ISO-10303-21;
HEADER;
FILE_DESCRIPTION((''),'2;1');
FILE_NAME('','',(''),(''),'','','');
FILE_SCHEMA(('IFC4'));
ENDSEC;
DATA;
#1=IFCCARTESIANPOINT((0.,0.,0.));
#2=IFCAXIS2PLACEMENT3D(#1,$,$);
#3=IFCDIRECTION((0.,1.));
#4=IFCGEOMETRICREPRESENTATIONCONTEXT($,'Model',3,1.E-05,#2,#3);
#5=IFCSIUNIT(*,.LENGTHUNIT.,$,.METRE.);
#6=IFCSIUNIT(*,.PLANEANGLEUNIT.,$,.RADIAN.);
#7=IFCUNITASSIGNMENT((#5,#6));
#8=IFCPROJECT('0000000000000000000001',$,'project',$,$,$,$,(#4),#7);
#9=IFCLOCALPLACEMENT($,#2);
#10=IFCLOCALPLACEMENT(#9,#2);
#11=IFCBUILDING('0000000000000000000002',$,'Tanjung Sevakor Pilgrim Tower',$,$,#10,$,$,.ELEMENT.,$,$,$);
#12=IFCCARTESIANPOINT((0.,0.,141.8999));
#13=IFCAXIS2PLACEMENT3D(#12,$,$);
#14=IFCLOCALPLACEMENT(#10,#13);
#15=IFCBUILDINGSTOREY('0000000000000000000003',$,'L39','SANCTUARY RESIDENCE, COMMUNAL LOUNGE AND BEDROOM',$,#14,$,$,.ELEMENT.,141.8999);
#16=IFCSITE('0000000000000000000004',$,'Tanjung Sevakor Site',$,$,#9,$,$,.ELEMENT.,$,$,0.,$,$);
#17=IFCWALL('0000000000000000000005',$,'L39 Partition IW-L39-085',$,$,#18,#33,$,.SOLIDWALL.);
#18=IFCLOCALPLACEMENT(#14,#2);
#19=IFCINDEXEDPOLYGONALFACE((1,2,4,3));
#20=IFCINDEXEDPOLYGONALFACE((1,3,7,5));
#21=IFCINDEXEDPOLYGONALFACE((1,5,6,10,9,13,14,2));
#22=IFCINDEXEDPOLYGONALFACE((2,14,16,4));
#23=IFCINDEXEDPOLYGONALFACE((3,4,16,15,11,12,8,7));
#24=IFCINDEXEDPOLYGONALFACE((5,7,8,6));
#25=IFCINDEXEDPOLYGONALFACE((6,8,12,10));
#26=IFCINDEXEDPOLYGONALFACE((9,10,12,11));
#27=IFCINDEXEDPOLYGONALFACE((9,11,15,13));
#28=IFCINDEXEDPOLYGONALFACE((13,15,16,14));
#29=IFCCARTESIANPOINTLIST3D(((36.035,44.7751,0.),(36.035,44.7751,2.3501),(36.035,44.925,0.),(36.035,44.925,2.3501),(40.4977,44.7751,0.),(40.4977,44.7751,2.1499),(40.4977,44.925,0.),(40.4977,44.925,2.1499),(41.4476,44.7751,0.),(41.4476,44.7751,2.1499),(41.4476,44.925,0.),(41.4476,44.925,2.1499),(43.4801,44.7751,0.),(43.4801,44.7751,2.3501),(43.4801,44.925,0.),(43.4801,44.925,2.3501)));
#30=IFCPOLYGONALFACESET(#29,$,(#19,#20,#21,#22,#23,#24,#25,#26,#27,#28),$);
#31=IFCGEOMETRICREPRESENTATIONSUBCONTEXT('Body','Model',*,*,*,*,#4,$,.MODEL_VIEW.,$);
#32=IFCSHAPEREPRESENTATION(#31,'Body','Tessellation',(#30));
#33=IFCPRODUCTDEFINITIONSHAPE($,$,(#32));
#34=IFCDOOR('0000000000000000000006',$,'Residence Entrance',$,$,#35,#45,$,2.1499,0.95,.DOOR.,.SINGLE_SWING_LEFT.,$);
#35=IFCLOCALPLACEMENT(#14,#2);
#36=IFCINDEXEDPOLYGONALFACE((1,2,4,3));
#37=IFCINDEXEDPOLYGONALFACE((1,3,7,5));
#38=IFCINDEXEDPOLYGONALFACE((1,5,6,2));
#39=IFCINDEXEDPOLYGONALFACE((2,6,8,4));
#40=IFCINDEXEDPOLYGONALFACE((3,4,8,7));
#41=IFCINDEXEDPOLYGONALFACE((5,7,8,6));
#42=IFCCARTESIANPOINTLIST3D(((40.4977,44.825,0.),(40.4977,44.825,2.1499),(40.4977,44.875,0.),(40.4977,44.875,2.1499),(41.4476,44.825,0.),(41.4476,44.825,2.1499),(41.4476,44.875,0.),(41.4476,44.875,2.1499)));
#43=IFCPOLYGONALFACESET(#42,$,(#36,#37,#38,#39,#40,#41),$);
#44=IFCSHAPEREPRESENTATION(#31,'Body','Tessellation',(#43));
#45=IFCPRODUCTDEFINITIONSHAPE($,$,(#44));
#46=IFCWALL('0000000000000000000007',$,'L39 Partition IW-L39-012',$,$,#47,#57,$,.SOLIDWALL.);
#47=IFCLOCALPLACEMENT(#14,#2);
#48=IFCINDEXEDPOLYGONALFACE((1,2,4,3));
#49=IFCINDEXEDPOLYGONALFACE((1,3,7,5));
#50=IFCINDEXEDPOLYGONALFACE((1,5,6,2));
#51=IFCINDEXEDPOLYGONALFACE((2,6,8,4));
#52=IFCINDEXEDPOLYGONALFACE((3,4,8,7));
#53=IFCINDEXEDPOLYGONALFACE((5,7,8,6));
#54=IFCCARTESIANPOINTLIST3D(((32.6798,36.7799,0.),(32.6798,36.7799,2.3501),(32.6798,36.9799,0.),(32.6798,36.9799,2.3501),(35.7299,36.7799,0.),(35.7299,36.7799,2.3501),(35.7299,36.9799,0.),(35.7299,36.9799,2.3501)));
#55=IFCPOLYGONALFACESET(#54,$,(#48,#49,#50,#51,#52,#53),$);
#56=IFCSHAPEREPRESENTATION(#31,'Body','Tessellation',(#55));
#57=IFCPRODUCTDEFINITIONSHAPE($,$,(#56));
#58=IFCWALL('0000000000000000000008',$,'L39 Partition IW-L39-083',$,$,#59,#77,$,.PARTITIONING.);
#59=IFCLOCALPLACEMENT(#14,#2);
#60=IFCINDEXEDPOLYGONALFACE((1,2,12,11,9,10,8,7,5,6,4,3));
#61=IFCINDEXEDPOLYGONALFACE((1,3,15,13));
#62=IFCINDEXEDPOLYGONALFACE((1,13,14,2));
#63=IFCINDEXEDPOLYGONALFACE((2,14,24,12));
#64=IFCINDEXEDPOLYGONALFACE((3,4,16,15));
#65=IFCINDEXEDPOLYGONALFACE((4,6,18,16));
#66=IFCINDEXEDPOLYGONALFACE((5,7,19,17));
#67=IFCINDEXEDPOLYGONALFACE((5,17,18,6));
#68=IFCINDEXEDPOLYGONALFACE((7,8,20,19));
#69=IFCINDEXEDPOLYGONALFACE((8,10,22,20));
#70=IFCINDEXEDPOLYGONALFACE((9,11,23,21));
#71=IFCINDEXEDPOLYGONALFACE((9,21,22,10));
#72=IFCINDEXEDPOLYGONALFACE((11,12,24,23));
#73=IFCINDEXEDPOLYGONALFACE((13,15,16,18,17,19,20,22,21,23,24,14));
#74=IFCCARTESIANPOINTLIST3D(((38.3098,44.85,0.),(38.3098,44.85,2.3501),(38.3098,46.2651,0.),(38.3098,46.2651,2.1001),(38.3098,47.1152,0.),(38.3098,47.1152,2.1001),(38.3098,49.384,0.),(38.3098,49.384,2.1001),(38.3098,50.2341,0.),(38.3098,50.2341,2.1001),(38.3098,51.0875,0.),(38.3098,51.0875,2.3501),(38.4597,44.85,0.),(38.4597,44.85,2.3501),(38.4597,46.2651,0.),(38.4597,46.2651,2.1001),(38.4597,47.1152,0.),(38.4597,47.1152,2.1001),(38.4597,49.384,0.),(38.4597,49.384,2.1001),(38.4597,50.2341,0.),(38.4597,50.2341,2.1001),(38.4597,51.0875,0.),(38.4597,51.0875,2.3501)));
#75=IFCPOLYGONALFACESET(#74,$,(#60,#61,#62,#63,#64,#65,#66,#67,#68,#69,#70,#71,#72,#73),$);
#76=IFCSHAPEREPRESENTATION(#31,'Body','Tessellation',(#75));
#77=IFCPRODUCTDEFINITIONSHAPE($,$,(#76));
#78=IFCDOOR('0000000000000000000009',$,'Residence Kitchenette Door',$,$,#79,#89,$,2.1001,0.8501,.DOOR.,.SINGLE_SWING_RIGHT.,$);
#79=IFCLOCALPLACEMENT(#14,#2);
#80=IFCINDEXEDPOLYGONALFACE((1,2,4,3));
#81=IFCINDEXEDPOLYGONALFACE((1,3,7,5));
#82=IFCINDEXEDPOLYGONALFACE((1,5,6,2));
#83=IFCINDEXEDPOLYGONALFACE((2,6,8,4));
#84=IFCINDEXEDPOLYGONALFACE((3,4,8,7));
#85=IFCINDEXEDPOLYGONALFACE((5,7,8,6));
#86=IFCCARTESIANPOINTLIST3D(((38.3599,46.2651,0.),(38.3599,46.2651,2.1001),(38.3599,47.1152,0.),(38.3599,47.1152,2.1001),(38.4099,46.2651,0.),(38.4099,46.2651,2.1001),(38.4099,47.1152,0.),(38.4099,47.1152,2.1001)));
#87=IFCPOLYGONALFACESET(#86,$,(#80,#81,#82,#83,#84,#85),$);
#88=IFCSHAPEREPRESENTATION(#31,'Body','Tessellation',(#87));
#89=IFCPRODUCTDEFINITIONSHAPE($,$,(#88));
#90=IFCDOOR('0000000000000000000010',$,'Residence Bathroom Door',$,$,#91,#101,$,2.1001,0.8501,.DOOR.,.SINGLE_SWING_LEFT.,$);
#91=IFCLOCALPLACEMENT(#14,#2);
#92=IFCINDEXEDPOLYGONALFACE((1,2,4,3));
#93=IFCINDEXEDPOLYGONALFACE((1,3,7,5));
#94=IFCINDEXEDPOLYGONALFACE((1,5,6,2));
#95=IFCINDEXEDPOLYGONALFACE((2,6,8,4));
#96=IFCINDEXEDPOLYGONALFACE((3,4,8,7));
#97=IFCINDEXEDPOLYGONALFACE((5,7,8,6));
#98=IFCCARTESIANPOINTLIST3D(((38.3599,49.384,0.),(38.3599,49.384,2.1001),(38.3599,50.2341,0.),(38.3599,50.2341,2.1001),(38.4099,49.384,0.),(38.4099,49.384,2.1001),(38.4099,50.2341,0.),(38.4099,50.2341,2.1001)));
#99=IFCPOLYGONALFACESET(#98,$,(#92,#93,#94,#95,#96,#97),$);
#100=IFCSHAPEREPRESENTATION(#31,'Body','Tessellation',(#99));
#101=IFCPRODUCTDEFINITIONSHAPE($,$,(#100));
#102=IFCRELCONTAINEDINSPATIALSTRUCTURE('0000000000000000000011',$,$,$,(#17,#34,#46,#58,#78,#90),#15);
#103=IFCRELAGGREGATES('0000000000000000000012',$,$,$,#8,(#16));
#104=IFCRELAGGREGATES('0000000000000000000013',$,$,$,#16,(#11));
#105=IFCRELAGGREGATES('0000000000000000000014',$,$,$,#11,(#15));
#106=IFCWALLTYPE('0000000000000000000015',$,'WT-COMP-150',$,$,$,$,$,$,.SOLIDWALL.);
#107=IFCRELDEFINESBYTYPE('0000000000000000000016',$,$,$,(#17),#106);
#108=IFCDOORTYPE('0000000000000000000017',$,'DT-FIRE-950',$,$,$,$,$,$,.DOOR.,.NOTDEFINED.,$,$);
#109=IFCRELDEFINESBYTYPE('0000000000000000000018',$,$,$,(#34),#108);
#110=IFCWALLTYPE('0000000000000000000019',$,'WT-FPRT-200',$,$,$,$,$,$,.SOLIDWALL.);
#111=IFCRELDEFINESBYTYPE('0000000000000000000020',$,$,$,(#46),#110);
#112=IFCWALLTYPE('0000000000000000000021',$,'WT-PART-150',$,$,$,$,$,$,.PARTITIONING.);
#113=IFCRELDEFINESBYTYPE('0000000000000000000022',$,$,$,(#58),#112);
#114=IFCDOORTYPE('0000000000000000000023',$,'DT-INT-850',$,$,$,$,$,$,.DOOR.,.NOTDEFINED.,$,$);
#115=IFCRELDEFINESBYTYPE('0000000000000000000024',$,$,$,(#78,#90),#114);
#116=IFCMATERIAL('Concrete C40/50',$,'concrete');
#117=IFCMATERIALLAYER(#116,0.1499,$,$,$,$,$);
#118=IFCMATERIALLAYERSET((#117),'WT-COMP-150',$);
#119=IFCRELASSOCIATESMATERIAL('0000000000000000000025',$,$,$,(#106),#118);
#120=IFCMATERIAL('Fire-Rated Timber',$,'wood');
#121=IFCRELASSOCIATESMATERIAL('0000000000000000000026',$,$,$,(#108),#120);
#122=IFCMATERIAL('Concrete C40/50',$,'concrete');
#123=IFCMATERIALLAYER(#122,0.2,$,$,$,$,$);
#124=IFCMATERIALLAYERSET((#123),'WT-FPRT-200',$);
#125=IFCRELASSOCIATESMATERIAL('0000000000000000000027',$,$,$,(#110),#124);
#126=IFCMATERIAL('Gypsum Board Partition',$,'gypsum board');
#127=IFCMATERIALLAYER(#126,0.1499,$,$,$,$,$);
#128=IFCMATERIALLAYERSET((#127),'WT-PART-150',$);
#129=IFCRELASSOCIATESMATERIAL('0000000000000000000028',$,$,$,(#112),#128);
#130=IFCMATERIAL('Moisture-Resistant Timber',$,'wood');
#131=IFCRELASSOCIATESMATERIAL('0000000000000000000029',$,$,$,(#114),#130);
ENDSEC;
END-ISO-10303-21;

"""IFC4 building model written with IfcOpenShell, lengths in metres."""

from ifc_helpers import new_model, si_unit, direction, frame, frame_2d, origin, place, context, subcontext, project, spatial, rectangle, extrude, material, layer, layer_set, type_object, element, fill, save


model = new_model("IFC4")

# Units and contexts
model_context = context("Model", 3, precision=1e-05, world=origin(), true_north=direction((0.0, 1.0)))
body_context = subcontext(model_context, "Body", "Model", "MODEL_VIEW")
ifc_project = project(units=[si_unit("LENGTHUNIT", "METRE"), si_unit("PLANEANGLEUNIT", "RADIAN")], contexts=[model_context])

# Site, building, storey
site_placement = place(None, origin())
site = spatial("IfcSite", under=ifc_project, at=site_placement, Name="Tanjung Sevakor Site", CompositionType="ELEMENT", RefElevation=0.0)
building_placement = place(site_placement, origin())
building = spatial("IfcBuilding", under=site, at=building_placement, Name="Tanjung Sevakor Pilgrim Tower", CompositionType="ELEMENT")
storey_placement = place(building_placement, frame((0.0, 0.0, 141.8999)))
storey = spatial("IfcBuildingStorey", under=building, at=storey_placement, Name="L39", Description="SANCTUARY RESIDENCE, COMMUNAL LOUNGE AND BEDROOM", CompositionType="ELEMENT", Elevation=141.8999)

# Shared definitions
ifc_material_1 = material(Name="Concrete C40/50", Category="concrete")
ifc_layer_1 = layer(ifc_material_1, 0.1499)
ifc_layer_set_1 = layer_set([ifc_layer_1], Name="WT-COMP-150")
wall_type_1 = type_object("IfcWallType", Name="WT-COMP-150", PredefinedType="SOLIDWALL", material=ifc_layer_set_1)

# Wall, opening, door
wall_1_placement = place(storey_placement, frame((36.0349, 44.8501, 0.0), z_axis=(0.0, 0.0, 1.0), x_axis=(1.0, 0.0, 0.0)))
wall_1 = element("IfcWall", 1, at=wall_1_placement, inside=storey, type_object=wall_type_1, Name="L39 Partition IW-L39-085", PredefinedType="SOLIDWALL", context=body_context, shape_type="SweptSolid", body=[
    extrude(rectangle(XDim=7.4451, YDim=0.1499, at=frame_2d((3.7227, 0.0))), origin(), (0.0, 0.0, 1.0), 2.3501),
])
opening_1_placement = place(wall_1_placement, frame((4.4626, 0.0, 0.0)))
opening_1 = element("IfcOpeningElement", 2, at=opening_1_placement, cuts=wall_1, PredefinedType="OPENING", context=body_context, shape_type="SweptSolid", body=[
    extrude(rectangle(XDim=0.95, YDim=2.1499, at=frame_2d((0.4751, 1.075))), frame((0.0, 0.085, 0.0), z_axis=(0.0, -1.0, 0.0), x_axis=(1.0, 0.0, 0.0)), (0.0, 0.0, 1.0), 0.1699),
])
ifc_material_2 = material(Name="Fire-Rated Timber", Category="wood")
door_type_1 = type_object("IfcDoorType", Name="DT-FIRE-950", OperationType="NOTDEFINED", PredefinedType="DOOR", material=ifc_material_2)
door_1_placement = place(opening_1_placement, origin())
door_1 = element("IfcDoor", 3, at=door_1_placement, inside=storey, type_object=door_type_1, Name="Residence Entrance", OperationType="SINGLE_SWING_LEFT", OverallHeight=2.1499, OverallWidth=0.95, PredefinedType="DOOR", context=body_context, shape_type="SweptSolid", body=[
    extrude(rectangle(XDim=0.95, YDim=2.1499, at=frame_2d((0.4751, 1.075))), frame((0.0, 0.0249, 0.0), z_axis=(0.0, -1.0, 0.0), x_axis=(1.0, 0.0, 0.0)), (0.0, 0.0, 1.0), 0.05),
])
fill(opening_1, door_1)

# Wall
ifc_material_3 = material(Name="Concrete C40/50", Category="concrete")
ifc_layer_2 = layer(ifc_material_3, 0.2)
ifc_layer_set_2 = layer_set([ifc_layer_2], Name="WT-FPRT-200")
wall_type_2 = type_object("IfcWallType", Name="WT-FPRT-200", PredefinedType="SOLIDWALL", material=ifc_layer_set_2)
wall_2_placement = place(storey_placement, frame((32.6799, 36.8799, 0.0), z_axis=(0.0, 0.0, 1.0), x_axis=(1.0, 0.0, 0.0)))
element("IfcWall", 4, at=wall_2_placement, inside=storey, type_object=wall_type_2, Name="L39 Partition IW-L39-012", PredefinedType="SOLIDWALL", context=body_context, shape_type="SweptSolid", body=[
    extrude(rectangle(XDim=3.05, YDim=0.2, at=frame_2d((1.5249, 0.0))), origin(), (0.0, 0.0, 1.0), 2.3501),
])

# Wall, openings, doors
ifc_material_4 = material(Name="Gypsum Board Partition", Category="gypsum board")
ifc_layer_3 = layer(ifc_material_4, 0.1499)
ifc_layer_set_3 = layer_set([ifc_layer_3], Name="WT-PART-150")
wall_type_3 = type_object("IfcWallType", Name="WT-PART-150", PredefinedType="PARTITIONING", material=ifc_layer_set_3)
wall_3_placement = place(storey_placement, frame((38.3848, 44.8501, 0.0), z_axis=(0.0, 0.0, 1.0), x_axis=(0.0, 1.0, 0.0)))
wall_3 = element("IfcWall", 5, at=wall_3_placement, inside=storey, type_object=wall_type_3, Name="L39 Partition IW-L39-083", PredefinedType="PARTITIONING", context=body_context, shape_type="SweptSolid", body=[
    extrude(rectangle(XDim=6.2375, YDim=0.1499, at=frame_2d((3.1187, 0.0))), origin(), (0.0, 0.0, 1.0), 2.3501),
])
opening_2_placement = place(wall_3_placement, frame((1.415, 0.0, 0.0)))
opening_2 = element("IfcOpeningElement", 6, at=opening_2_placement, cuts=wall_3, PredefinedType="OPENING", context=body_context, shape_type="SweptSolid", body=[
    extrude(rectangle(XDim=0.8501, YDim=2.1001, at=frame_2d((0.425, 1.05))), frame((0.0, 0.085, 0.0), z_axis=(0.0, -1.0, 0.0), x_axis=(1.0, 0.0, 0.0)), (0.0, 0.0, 1.0), 0.1699),
])
opening_3_placement = place(wall_3_placement, frame((4.5339, 0.0, 0.0)))
opening_3 = element("IfcOpeningElement", 7, at=opening_3_placement, cuts=wall_3, PredefinedType="OPENING", context=body_context, shape_type="SweptSolid", body=[
    extrude(rectangle(XDim=0.8501, YDim=2.1001, at=frame_2d((0.425, 1.05))), frame((0.0, 0.085, 0.0), z_axis=(0.0, -1.0, 0.0), x_axis=(1.0, 0.0, 0.0)), (0.0, 0.0, 1.0), 0.1699),
])
ifc_material_5 = material(Name="Moisture-Resistant Timber", Category="wood")
door_type_2 = type_object("IfcDoorType", Name="DT-INT-850", OperationType="NOTDEFINED", PredefinedType="DOOR", material=ifc_material_5)
door_2_placement = place(opening_2_placement, origin())
door_2 = element("IfcDoor", 8, at=door_2_placement, inside=storey, type_object=door_type_2, Name="Residence Kitchenette Door", OperationType="SINGLE_SWING_RIGHT", OverallHeight=2.1001, OverallWidth=0.8501, PredefinedType="DOOR", context=body_context, shape_type="SweptSolid", body=[
    extrude(rectangle(XDim=0.8501, YDim=2.1001, at=frame_2d((0.425, 1.05))), frame((0.0, 0.0249, 0.0), z_axis=(0.0, -1.0, 0.0), x_axis=(1.0, 0.0, 0.0)), (0.0, 0.0, 1.0), 0.05),
])
fill(opening_2, door_2)
door_3_placement = place(opening_3_placement, origin())
door_3 = element("IfcDoor", 9, at=door_3_placement, inside=storey, type_object=door_type_2, Name="Residence Bathroom Door", OperationType="SINGLE_SWING_LEFT", OverallHeight=2.1001, OverallWidth=0.8501, PredefinedType="DOOR", context=body_context, shape_type="SweptSolid", body=[
    extrude(rectangle(XDim=0.8501, YDim=2.1001, at=frame_2d((0.425, 1.05))), frame((0.0, 0.0249, 0.0), z_axis=(0.0, -1.0, 0.0), x_axis=(1.0, 0.0, 0.0)), (0.0, 0.0, 1.0), 0.05),
])
fill(opening_3, door_3)

save(model, "model.ifc")
